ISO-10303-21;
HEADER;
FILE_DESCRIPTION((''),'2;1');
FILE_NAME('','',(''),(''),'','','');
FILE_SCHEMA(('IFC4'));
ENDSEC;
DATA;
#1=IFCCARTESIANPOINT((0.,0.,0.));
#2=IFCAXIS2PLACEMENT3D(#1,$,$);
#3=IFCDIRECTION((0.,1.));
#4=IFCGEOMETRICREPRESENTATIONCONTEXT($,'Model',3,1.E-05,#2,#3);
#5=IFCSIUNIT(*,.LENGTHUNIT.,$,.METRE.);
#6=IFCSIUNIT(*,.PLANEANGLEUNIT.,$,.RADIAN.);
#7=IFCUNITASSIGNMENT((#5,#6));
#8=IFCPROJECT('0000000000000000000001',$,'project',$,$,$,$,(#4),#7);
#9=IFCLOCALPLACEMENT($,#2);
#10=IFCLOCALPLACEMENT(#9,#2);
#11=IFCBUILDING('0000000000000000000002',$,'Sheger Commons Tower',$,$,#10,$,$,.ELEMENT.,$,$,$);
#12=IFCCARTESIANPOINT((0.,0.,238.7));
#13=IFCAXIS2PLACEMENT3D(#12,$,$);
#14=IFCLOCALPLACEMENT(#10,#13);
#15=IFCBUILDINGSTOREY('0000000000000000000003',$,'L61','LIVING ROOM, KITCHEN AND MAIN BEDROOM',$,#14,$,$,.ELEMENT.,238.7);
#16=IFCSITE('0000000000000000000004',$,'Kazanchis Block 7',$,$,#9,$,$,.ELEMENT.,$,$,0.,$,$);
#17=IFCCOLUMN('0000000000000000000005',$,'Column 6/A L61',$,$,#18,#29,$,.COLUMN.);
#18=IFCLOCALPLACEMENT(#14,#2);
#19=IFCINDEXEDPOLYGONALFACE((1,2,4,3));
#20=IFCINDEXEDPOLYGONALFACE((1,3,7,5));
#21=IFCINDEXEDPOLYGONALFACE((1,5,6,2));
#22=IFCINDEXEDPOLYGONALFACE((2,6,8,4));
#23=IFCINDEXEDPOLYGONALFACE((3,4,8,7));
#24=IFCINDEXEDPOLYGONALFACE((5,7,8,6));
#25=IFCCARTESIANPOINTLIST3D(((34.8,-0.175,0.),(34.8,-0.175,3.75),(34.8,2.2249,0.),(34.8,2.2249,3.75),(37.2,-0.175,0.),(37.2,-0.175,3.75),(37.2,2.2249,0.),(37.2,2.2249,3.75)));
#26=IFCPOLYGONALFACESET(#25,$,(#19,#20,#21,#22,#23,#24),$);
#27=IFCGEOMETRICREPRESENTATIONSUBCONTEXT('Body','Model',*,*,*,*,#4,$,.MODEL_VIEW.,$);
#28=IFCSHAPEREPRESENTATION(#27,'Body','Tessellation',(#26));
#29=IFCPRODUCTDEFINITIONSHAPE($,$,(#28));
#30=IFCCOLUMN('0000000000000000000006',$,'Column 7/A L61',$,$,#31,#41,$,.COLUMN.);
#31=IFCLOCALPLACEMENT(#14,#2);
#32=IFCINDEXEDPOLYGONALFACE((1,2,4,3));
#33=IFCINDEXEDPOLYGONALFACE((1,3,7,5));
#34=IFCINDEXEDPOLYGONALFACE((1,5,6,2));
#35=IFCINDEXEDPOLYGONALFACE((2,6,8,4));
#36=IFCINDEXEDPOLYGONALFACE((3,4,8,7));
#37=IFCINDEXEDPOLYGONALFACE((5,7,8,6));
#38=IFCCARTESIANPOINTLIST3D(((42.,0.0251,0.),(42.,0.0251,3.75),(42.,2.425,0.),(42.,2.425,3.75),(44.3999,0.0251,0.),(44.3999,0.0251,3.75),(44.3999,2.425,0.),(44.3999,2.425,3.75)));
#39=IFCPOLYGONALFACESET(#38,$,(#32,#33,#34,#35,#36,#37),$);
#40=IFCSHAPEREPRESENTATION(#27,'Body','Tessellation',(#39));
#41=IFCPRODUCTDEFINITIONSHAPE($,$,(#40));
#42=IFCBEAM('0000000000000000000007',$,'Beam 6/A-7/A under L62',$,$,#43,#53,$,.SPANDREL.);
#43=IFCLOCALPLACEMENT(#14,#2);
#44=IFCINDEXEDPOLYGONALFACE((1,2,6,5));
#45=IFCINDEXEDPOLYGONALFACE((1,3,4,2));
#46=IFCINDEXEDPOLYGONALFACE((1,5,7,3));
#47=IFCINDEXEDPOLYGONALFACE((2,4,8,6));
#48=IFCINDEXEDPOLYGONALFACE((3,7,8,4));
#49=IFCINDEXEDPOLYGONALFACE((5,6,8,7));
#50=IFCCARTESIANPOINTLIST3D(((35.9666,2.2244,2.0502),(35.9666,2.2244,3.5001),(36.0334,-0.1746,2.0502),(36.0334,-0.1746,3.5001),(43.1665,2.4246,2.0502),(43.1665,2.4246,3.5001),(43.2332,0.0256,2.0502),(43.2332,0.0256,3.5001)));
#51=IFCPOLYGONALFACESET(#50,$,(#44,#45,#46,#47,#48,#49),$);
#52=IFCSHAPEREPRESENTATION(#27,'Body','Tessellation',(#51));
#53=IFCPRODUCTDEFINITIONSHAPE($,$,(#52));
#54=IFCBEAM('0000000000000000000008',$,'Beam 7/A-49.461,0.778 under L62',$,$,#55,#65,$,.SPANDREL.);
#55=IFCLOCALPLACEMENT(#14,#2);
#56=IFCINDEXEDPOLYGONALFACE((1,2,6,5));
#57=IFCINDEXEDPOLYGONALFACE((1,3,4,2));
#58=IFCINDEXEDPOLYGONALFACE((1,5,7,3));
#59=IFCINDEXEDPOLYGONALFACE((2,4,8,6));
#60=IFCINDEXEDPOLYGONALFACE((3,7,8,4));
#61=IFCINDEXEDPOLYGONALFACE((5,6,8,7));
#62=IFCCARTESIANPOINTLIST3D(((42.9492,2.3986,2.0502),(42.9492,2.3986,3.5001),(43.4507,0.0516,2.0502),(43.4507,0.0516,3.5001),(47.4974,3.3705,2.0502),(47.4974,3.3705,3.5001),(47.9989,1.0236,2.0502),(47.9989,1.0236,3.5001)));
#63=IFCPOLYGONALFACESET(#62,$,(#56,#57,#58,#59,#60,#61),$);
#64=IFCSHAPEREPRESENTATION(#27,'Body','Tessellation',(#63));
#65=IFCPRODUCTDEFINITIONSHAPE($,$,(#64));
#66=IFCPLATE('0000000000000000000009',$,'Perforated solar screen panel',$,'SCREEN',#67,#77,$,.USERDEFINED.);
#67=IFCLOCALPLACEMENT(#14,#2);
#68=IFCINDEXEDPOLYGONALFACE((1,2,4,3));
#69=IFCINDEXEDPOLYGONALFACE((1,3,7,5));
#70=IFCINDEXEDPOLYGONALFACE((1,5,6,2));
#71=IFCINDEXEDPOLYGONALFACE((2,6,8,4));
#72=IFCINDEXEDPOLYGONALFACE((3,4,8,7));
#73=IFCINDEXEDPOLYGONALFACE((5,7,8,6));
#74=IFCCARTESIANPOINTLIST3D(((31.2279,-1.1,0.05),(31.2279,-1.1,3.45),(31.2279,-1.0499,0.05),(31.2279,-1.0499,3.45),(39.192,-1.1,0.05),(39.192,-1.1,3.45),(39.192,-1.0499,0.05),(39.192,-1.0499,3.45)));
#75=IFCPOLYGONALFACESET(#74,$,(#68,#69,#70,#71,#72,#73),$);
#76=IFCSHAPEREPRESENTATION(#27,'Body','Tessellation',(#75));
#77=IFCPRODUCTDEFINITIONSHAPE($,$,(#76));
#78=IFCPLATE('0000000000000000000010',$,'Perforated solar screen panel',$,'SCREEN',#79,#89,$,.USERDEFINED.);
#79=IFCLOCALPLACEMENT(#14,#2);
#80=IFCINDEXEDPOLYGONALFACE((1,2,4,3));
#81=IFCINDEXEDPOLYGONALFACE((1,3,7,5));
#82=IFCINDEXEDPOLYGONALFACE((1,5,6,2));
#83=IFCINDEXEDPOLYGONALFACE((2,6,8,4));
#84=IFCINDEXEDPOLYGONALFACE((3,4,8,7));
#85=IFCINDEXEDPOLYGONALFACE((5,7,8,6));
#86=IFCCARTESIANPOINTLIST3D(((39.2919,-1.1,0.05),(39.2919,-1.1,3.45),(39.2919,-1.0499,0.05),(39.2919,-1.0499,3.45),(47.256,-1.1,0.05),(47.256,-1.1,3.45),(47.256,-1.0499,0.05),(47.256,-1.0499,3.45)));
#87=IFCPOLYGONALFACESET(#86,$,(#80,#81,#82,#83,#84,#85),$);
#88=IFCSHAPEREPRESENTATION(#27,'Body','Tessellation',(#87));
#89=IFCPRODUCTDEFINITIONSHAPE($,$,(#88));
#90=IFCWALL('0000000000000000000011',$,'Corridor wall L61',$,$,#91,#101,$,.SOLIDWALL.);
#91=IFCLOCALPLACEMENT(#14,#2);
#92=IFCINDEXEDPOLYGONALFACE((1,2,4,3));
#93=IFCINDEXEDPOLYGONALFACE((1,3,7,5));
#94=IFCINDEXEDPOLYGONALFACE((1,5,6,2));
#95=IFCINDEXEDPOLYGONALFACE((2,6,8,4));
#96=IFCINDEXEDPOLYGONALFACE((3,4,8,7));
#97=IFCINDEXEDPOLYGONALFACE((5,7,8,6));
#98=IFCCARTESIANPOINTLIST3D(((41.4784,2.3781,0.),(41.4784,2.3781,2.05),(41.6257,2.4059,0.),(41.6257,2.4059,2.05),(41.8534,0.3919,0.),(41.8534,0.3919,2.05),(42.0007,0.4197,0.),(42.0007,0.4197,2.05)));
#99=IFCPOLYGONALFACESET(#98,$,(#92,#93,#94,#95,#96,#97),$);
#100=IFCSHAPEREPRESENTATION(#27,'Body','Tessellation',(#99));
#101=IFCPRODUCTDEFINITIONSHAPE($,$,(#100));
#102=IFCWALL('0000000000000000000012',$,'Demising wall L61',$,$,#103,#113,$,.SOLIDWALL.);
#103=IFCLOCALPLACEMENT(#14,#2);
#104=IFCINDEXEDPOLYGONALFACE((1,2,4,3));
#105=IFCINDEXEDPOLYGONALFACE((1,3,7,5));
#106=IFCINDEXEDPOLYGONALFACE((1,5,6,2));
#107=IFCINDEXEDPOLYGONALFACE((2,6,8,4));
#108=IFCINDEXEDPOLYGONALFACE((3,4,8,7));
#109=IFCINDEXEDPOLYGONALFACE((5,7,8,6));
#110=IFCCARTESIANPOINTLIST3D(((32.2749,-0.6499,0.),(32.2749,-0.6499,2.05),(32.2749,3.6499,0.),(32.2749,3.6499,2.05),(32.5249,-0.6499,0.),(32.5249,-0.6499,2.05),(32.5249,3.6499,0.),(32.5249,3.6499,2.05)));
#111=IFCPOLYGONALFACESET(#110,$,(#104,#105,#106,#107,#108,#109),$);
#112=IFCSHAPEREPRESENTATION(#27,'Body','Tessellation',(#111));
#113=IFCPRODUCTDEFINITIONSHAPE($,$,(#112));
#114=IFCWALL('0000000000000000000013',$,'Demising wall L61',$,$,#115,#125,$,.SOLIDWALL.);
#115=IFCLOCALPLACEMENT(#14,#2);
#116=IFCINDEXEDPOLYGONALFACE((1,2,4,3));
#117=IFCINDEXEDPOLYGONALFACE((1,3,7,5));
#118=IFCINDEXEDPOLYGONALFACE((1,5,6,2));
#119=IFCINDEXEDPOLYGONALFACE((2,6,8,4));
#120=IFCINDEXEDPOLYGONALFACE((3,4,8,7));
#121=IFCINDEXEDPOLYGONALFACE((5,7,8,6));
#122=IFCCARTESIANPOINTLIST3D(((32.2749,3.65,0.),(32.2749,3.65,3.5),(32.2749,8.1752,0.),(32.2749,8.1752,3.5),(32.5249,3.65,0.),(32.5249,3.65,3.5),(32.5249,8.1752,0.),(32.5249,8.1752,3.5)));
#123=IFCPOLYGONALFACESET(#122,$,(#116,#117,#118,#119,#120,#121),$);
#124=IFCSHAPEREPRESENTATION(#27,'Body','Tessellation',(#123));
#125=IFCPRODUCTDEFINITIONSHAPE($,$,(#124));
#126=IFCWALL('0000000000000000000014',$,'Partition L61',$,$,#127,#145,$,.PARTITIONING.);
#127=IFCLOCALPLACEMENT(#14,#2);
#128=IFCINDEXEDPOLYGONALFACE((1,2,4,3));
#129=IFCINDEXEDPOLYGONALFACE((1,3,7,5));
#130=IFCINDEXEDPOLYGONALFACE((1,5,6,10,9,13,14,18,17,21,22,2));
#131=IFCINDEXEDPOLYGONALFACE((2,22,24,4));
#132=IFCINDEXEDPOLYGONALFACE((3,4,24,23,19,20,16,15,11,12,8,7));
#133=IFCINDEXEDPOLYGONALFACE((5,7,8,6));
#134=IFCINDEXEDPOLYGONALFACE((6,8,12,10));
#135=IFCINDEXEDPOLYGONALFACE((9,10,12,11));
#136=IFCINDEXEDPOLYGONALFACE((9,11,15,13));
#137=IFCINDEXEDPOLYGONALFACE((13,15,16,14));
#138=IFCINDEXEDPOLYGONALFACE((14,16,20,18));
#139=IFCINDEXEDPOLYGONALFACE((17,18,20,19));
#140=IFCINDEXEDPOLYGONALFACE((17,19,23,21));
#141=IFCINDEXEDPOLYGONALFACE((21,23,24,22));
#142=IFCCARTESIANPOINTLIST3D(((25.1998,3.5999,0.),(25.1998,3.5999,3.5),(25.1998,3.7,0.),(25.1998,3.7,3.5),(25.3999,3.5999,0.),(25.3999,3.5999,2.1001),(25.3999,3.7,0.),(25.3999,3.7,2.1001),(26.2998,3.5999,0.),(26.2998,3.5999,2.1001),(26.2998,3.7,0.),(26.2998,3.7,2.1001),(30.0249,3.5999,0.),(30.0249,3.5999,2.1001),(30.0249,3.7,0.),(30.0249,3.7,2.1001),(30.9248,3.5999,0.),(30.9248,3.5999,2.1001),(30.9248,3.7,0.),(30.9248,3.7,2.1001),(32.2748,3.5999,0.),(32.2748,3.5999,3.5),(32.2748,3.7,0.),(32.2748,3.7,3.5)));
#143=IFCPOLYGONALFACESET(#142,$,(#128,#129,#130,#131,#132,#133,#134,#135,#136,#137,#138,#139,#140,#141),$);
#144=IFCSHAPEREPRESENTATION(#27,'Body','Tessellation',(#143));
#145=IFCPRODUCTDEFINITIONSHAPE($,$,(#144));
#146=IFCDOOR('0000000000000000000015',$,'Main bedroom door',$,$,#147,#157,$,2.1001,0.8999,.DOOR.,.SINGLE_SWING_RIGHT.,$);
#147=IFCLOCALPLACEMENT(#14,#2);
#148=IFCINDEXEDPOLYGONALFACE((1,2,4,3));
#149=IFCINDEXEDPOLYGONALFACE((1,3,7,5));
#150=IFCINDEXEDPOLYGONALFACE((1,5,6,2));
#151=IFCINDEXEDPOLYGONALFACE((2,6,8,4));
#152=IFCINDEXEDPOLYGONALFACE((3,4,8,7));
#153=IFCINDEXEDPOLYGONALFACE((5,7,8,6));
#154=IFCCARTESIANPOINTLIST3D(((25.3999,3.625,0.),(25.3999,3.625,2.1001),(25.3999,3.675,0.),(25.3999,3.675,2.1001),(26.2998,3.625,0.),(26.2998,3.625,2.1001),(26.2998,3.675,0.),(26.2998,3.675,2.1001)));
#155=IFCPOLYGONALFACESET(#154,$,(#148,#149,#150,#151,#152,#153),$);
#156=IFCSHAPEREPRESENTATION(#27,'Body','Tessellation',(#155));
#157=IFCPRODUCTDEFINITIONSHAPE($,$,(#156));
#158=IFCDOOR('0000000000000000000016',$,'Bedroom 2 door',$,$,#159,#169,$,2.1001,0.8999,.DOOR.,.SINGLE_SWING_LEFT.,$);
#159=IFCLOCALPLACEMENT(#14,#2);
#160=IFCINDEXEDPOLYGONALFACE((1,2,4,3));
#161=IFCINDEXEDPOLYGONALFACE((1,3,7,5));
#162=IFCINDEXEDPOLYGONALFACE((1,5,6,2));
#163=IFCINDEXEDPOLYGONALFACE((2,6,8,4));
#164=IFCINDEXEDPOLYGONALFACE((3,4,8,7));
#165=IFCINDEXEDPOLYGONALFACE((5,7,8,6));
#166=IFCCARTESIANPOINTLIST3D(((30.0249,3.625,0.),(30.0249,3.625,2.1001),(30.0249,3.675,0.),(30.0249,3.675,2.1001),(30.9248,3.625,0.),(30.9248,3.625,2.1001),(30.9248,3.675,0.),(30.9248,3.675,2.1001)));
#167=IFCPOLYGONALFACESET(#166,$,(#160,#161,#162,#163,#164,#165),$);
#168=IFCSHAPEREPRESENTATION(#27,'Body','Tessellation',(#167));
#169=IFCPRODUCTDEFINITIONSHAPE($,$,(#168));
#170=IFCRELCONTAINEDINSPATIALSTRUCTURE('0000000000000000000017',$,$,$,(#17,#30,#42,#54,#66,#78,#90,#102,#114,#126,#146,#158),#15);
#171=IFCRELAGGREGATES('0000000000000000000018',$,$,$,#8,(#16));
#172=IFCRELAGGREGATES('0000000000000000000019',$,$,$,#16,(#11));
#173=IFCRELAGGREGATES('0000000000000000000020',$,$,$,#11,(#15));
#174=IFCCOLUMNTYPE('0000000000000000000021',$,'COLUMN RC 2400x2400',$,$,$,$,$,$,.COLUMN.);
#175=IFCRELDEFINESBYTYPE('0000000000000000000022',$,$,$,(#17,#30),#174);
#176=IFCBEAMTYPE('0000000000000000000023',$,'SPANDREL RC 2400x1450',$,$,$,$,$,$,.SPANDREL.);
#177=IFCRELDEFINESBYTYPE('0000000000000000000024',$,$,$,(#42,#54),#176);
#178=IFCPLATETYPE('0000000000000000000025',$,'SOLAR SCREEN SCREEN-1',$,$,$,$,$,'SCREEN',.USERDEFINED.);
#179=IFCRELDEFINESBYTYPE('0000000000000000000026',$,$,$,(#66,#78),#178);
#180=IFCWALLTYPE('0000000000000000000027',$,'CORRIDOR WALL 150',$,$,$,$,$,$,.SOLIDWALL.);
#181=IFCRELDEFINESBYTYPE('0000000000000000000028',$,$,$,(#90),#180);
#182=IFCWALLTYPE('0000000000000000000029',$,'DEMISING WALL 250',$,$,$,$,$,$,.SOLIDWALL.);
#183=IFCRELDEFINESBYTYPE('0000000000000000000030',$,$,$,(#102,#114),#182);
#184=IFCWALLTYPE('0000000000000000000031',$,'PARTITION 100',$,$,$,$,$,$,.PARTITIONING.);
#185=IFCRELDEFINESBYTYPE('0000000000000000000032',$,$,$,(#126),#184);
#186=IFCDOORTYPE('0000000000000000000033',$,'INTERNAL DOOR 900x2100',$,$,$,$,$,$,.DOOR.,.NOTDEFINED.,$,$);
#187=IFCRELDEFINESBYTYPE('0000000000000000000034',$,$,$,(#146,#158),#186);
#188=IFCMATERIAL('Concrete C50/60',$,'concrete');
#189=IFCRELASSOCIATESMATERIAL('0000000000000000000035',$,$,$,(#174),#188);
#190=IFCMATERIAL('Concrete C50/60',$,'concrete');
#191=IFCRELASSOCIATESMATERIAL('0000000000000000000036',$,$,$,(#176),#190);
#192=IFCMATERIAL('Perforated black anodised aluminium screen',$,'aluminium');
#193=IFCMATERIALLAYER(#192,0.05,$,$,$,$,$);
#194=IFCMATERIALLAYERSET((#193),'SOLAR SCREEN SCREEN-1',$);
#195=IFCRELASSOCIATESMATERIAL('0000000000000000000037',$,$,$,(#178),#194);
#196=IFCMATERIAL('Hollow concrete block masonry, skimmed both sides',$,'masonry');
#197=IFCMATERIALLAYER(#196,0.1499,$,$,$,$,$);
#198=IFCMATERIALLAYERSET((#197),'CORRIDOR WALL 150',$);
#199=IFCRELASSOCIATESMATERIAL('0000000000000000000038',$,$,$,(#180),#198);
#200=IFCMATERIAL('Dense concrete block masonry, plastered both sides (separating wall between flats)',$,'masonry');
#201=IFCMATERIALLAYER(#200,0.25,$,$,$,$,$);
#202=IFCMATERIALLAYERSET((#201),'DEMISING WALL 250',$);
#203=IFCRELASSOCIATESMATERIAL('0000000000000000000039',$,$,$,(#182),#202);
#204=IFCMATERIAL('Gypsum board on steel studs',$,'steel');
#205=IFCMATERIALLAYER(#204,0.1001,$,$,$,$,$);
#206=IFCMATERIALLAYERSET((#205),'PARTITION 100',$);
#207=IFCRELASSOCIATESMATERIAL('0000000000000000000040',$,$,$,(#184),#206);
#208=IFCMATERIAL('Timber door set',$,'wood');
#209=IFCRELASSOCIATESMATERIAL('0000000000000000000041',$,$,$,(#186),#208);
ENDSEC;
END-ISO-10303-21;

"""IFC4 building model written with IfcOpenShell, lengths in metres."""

from ifc_helpers import new_model, si_unit, direction, frame, frame_2d, origin, origin_2d, place, context, subcontext, project, spatial, rectangle, extrude, material, layer, layer_set, material_profile, profile_set, type_object, element, fill, save


model = new_model("IFC4")

# Units and contexts
model_context = context("Model", 3, precision=1e-05, world=origin(), true_north=direction((0.0, 1.0)))
body_context = subcontext(model_context, "Body", "Model", "MODEL_VIEW")
ifc_project = project(units=[si_unit("LENGTHUNIT", "METRE"), si_unit("PLANEANGLEUNIT", "RADIAN")], contexts=[model_context])

# Site, building, storey
site_placement = place(None, origin())
site = spatial("IfcSite", under=ifc_project, at=site_placement, Name="Kazanchis Block 7", CompositionType="ELEMENT", RefElevation=0.0)
building_placement = place(site_placement, origin())
building = spatial("IfcBuilding", under=site, at=building_placement, Name="Sheger Commons Tower", CompositionType="ELEMENT")
storey_placement = place(building_placement, frame((0.0, 0.0, 238.7)))
storey = spatial("IfcBuildingStorey", under=building, at=storey_placement, Name="L61", Description="LIVING ROOM, KITCHEN AND MAIN BEDROOM", CompositionType="ELEMENT", Elevation=238.7)

# Columns
ifc_material_1 = material(Name="Concrete C50/60", Category="concrete")
ifc_material_profile_1 = material_profile(ifc_material_1, rectangle(XDim=2.3999, YDim=2.3999, at=origin_2d()), Name="RC 2400x2400")
ifc_profile_set_1 = profile_set([ifc_material_profile_1], Name="Concrete C50/60")
column_type = type_object("IfcColumnType", Name="COLUMN RC 2400x2400", PredefinedType="COLUMN", material=ifc_profile_set_1)
for number, where, z_axis, x_axis, name in (
    (1, (36.0, 1.0249, 0.0), (0.0, 0.0, 1.0), (1.0, 0.0, 0.0), "Column 6/A L61"),
    (2, (43.2, 1.2251, 0.0), (0.0, 0.0, 1.0), (1.0, 0.0, 0.0), "Column 7/A L61"),
):
    element("IfcColumn", number, at=place(storey_placement, frame(where, z_axis=z_axis, x_axis=x_axis)), inside=storey, type_object=column_type, Name=name, PredefinedType="COLUMN", context=body_context, shape_type="SweptSolid", body=[
        extrude(rectangle(XDim=2.3999, YDim=2.3999, at=origin_2d()), origin(), (0.0, 0.0, 1.0), 3.75),
    ])

# Beams
ifc_material_2 = material(Name="Concrete C50/60", Category="concrete")
ifc_material_profile_2 = material_profile(ifc_material_2, rectangle(XDim=2.3999, YDim=1.45, at=origin_2d()), Name="RC 2400x1450")
ifc_profile_set_2 = profile_set([ifc_material_profile_2], Name="Concrete C50/60")
beam_type = type_object("IfcBeamType", Name="SPANDREL RC 2400x1450", PredefinedType="SPANDREL", material=ifc_profile_set_2)
beam_1_placement = place(storey_placement, frame((36.0, 1.0249, 2.7751), z_axis=(0.999614, 0.027794, 0.0), x_axis=(-0.027794, 0.999614, 0.0)))
element("IfcBeam", 3, at=beam_1_placement, inside=storey, type_object=beam_type, Name="Beam 6/A-7/A under L62", PredefinedType="SPANDREL", context=body_context, shape_type="SweptSolid", body=[
    extrude(rectangle(XDim=2.3999, YDim=1.45, at=origin_2d()), origin(), (0.0, 0.0, 1.0), 7.2026),
])
beam_2_placement = place(storey_placement, frame((43.2, 1.2251, 2.7751), z_axis=(0.97792, 0.208981, 0.0), x_axis=(-0.208981, 0.97792, 0.0)))
element("IfcBeam", 4, at=beam_2_placement, inside=storey, type_object=beam_type, Name="Beam 7/A-49.461,0.778 under L62", PredefinedType="SPANDREL", context=body_context, shape_type="SweptSolid", body=[
    extrude(rectangle(XDim=2.3999, YDim=1.45, at=origin_2d()), origin(), (0.0, 0.0, 1.0), 4.6509),
])

# Plates
ifc_material_3 = material(Name="Perforated black anodised aluminium screen", Category="aluminium")
ifc_layer_1 = layer(ifc_material_3, 0.05)
ifc_layer_set_1 = layer_set([ifc_layer_1], Name="SOLAR SCREEN SCREEN-1")
plate_type = type_object("IfcPlateType", Name="SOLAR SCREEN SCREEN-1", ElementType="SCREEN", PredefinedType="USERDEFINED", material=ifc_layer_set_1)
for number, where, z_axis, x_axis, name in (
    (5, (35.21, -1.075, 0.05), (0.0, 0.0, 1.0), (1.0, 0.0, 0.0), "Perforated solar screen panel"),
    (6, (43.2739, -1.075, 0.05), (0.0, 0.0, 1.0), (1.0, 0.0, 0.0), "Perforated solar screen panel"),
):
    element("IfcPlate", number, at=place(storey_placement, frame(where, z_axis=z_axis, x_axis=x_axis)), inside=storey, type_object=plate_type, Name=name, ObjectType="SCREEN", PredefinedType="USERDEFINED", context=body_context, shape_type="SweptSolid", body=[
        extrude(rectangle(XDim=7.9641, YDim=0.05, at=origin_2d()), origin(), (0.0, 0.0, 1.0), 3.3999),
    ])

# Walls
ifc_material_4 = material(Name="Hollow concrete block masonry, skimmed both sides", Category="masonry")
ifc_layer_2 = layer(ifc_material_4, 0.1499)
ifc_layer_set_2 = layer_set([ifc_layer_2], Name="CORRIDOR WALL 150")
wall_type_1 = type_object("IfcWallType", Name="CORRIDOR WALL 150", PredefinedType="SOLIDWALL", material=ifc_layer_set_2)
wall_1_placement = place(storey_placement, frame((41.552, 2.3921, 0.0), z_axis=(0.0, 0.0, 1.0), x_axis=(0.185536, -0.982638, 0.0)))
element("IfcWall", 7, at=wall_1_placement, inside=storey, type_object=wall_type_1, Name="Corridor wall L61", PredefinedType="SOLIDWALL", context=body_context, shape_type="SweptSolid", body=[
    extrude(rectangle(XDim=2.0212, YDim=0.1499, at=frame_2d((1.0107, 0.0))), origin(), (0.0, 0.0, 1.0), 2.05),
])
ifc_material_5 = material(Name="Dense concrete block masonry, plastered both sides (separating wall between flats)", Category="masonry")
ifc_layer_3 = layer(ifc_material_5, 0.25)
ifc_layer_set_3 = layer_set([ifc_layer_3], Name="DEMISING WALL 250")
wall_type_2 = type_object("IfcWallType", Name="DEMISING WALL 250", PredefinedType="SOLIDWALL", material=ifc_layer_set_3)
wall_2_placement = place(storey_placement, frame((32.3999, -0.6499, 0.0), z_axis=(0.0, 0.0, 1.0), x_axis=(0.0, 1.0, 0.0)))
element("IfcWall", 8, at=wall_2_placement, inside=storey, type_object=wall_type_2, Name="Demising wall L61", PredefinedType="SOLIDWALL", context=body_context, shape_type="SweptSolid", body=[
    extrude(rectangle(XDim=4.2998, YDim=0.25, at=frame_2d((2.1499, 0.0))), origin(), (0.0, 0.0, 1.0), 2.05),
])
wall_3_placement = place(storey_placement, frame((32.3999, 3.6499, 0.0), z_axis=(0.0, 0.0, 1.0), x_axis=(0.0, 1.0, 0.0)))
element("IfcWall", 9, at=wall_3_placement, inside=storey, type_object=wall_type_2, Name="Demising wall L61", PredefinedType="SOLIDWALL", context=body_context, shape_type="SweptSolid", body=[
    extrude(rectangle(XDim=4.5251, YDim=0.25, at=frame_2d((2.2627, 0.0))), origin(), (0.0, 0.0, 1.0), 3.5),
])

# Wall, openings, doors
ifc_material_6 = material(Name="Gypsum board on steel studs", Category="steel")
ifc_layer_4 = layer(ifc_material_6, 0.1001)
ifc_layer_set_4 = layer_set([ifc_layer_4], Name="PARTITION 100")
wall_type_3 = type_object("IfcWallType", Name="PARTITION 100", PredefinedType="PARTITIONING", material=ifc_layer_set_4)
wall_4_placement = place(storey_placement, frame((32.2749, 3.6499, 0.0), z_axis=(0.0, 0.0, 1.0), x_axis=(-1.0, 0.0, 0.0)))
wall_4 = element("IfcWall", 10, at=wall_4_placement, inside=storey, type_object=wall_type_3, Name="Partition L61", PredefinedType="PARTITIONING", context=body_context, shape_type="SweptSolid", body=[
    extrude(rectangle(XDim=7.075, YDim=0.1001, at=frame_2d((3.5376, 0.0))), origin(), (0.0, 0.0, 1.0), 3.5),
])
opening_1_placement = place(wall_4_placement, frame((5.9751, 0.0, 0.0)))
opening_1 = element("IfcOpeningElement", 11, at=opening_1_placement, cuts=wall_4, PredefinedType="OPENING", context=body_context, shape_type="SweptSolid", body=[
    extrude(rectangle(XDim=0.8999, YDim=2.1001, at=frame_2d((0.45, 1.05))), frame((0.0, 0.0601, 0.0), z_axis=(0.0, -1.0, 0.0), x_axis=(1.0, 0.0, 0.0)), (0.0, 0.0, 1.0), 0.1201),
])
opening_2_placement = place(wall_4_placement, frame((1.3501, 0.0, 0.0)))
opening_2 = element("IfcOpeningElement", 12, at=opening_2_placement, cuts=wall_4, PredefinedType="OPENING", context=body_context, shape_type="SweptSolid", body=[
    extrude(rectangle(XDim=0.8999, YDim=2.1001, at=frame_2d((0.45, 1.05))), frame((0.0, 0.0601, 0.0), z_axis=(0.0, -1.0, 0.0), x_axis=(1.0, 0.0, 0.0)), (0.0, 0.0, 1.0), 0.1201),
])
ifc_material_7 = material(Name="Timber door set", Category="wood")
door_type = type_object("IfcDoorType", Name="INTERNAL DOOR 900x2100", OperationType="NOTDEFINED", PredefinedType="DOOR", material=ifc_material_7)
door_1_placement = place(opening_1_placement, origin())
door_1 = element("IfcDoor", 13, at=door_1_placement, inside=storey, type_object=door_type, Name="Main bedroom door", OperationType="SINGLE_SWING_RIGHT", OverallHeight=2.1001, OverallWidth=0.8999, PredefinedType="DOOR", context=body_context, shape_type="SweptSolid", body=[
    extrude(rectangle(XDim=0.8999, YDim=2.1001, at=frame_2d((0.45, 1.05))), frame((0.0, 0.0249, 0.0), z_axis=(0.0, -1.0, 0.0), x_axis=(1.0, 0.0, 0.0)), (0.0, 0.0, 1.0), 0.05),
])
fill(opening_1, door_1)
door_2_placement = place(opening_2_placement, origin())
door_2 = element("IfcDoor", 14, at=door_2_placement, inside=storey, type_object=door_type, Name="Bedroom 2 door", OperationType="SINGLE_SWING_LEFT", OverallHeight=2.1001, OverallWidth=0.8999, PredefinedType="DOOR", context=body_context, shape_type="SweptSolid", body=[
    extrude(rectangle(XDim=0.8999, YDim=2.1001, at=frame_2d((0.45, 1.05))), frame((0.0, 0.0249, 0.0), z_axis=(0.0, -1.0, 0.0), x_axis=(1.0, 0.0, 0.0)), (0.0, 0.0, 1.0), 0.05),
])
fill(opening_2, door_2)

save(model, "model.ifc")
